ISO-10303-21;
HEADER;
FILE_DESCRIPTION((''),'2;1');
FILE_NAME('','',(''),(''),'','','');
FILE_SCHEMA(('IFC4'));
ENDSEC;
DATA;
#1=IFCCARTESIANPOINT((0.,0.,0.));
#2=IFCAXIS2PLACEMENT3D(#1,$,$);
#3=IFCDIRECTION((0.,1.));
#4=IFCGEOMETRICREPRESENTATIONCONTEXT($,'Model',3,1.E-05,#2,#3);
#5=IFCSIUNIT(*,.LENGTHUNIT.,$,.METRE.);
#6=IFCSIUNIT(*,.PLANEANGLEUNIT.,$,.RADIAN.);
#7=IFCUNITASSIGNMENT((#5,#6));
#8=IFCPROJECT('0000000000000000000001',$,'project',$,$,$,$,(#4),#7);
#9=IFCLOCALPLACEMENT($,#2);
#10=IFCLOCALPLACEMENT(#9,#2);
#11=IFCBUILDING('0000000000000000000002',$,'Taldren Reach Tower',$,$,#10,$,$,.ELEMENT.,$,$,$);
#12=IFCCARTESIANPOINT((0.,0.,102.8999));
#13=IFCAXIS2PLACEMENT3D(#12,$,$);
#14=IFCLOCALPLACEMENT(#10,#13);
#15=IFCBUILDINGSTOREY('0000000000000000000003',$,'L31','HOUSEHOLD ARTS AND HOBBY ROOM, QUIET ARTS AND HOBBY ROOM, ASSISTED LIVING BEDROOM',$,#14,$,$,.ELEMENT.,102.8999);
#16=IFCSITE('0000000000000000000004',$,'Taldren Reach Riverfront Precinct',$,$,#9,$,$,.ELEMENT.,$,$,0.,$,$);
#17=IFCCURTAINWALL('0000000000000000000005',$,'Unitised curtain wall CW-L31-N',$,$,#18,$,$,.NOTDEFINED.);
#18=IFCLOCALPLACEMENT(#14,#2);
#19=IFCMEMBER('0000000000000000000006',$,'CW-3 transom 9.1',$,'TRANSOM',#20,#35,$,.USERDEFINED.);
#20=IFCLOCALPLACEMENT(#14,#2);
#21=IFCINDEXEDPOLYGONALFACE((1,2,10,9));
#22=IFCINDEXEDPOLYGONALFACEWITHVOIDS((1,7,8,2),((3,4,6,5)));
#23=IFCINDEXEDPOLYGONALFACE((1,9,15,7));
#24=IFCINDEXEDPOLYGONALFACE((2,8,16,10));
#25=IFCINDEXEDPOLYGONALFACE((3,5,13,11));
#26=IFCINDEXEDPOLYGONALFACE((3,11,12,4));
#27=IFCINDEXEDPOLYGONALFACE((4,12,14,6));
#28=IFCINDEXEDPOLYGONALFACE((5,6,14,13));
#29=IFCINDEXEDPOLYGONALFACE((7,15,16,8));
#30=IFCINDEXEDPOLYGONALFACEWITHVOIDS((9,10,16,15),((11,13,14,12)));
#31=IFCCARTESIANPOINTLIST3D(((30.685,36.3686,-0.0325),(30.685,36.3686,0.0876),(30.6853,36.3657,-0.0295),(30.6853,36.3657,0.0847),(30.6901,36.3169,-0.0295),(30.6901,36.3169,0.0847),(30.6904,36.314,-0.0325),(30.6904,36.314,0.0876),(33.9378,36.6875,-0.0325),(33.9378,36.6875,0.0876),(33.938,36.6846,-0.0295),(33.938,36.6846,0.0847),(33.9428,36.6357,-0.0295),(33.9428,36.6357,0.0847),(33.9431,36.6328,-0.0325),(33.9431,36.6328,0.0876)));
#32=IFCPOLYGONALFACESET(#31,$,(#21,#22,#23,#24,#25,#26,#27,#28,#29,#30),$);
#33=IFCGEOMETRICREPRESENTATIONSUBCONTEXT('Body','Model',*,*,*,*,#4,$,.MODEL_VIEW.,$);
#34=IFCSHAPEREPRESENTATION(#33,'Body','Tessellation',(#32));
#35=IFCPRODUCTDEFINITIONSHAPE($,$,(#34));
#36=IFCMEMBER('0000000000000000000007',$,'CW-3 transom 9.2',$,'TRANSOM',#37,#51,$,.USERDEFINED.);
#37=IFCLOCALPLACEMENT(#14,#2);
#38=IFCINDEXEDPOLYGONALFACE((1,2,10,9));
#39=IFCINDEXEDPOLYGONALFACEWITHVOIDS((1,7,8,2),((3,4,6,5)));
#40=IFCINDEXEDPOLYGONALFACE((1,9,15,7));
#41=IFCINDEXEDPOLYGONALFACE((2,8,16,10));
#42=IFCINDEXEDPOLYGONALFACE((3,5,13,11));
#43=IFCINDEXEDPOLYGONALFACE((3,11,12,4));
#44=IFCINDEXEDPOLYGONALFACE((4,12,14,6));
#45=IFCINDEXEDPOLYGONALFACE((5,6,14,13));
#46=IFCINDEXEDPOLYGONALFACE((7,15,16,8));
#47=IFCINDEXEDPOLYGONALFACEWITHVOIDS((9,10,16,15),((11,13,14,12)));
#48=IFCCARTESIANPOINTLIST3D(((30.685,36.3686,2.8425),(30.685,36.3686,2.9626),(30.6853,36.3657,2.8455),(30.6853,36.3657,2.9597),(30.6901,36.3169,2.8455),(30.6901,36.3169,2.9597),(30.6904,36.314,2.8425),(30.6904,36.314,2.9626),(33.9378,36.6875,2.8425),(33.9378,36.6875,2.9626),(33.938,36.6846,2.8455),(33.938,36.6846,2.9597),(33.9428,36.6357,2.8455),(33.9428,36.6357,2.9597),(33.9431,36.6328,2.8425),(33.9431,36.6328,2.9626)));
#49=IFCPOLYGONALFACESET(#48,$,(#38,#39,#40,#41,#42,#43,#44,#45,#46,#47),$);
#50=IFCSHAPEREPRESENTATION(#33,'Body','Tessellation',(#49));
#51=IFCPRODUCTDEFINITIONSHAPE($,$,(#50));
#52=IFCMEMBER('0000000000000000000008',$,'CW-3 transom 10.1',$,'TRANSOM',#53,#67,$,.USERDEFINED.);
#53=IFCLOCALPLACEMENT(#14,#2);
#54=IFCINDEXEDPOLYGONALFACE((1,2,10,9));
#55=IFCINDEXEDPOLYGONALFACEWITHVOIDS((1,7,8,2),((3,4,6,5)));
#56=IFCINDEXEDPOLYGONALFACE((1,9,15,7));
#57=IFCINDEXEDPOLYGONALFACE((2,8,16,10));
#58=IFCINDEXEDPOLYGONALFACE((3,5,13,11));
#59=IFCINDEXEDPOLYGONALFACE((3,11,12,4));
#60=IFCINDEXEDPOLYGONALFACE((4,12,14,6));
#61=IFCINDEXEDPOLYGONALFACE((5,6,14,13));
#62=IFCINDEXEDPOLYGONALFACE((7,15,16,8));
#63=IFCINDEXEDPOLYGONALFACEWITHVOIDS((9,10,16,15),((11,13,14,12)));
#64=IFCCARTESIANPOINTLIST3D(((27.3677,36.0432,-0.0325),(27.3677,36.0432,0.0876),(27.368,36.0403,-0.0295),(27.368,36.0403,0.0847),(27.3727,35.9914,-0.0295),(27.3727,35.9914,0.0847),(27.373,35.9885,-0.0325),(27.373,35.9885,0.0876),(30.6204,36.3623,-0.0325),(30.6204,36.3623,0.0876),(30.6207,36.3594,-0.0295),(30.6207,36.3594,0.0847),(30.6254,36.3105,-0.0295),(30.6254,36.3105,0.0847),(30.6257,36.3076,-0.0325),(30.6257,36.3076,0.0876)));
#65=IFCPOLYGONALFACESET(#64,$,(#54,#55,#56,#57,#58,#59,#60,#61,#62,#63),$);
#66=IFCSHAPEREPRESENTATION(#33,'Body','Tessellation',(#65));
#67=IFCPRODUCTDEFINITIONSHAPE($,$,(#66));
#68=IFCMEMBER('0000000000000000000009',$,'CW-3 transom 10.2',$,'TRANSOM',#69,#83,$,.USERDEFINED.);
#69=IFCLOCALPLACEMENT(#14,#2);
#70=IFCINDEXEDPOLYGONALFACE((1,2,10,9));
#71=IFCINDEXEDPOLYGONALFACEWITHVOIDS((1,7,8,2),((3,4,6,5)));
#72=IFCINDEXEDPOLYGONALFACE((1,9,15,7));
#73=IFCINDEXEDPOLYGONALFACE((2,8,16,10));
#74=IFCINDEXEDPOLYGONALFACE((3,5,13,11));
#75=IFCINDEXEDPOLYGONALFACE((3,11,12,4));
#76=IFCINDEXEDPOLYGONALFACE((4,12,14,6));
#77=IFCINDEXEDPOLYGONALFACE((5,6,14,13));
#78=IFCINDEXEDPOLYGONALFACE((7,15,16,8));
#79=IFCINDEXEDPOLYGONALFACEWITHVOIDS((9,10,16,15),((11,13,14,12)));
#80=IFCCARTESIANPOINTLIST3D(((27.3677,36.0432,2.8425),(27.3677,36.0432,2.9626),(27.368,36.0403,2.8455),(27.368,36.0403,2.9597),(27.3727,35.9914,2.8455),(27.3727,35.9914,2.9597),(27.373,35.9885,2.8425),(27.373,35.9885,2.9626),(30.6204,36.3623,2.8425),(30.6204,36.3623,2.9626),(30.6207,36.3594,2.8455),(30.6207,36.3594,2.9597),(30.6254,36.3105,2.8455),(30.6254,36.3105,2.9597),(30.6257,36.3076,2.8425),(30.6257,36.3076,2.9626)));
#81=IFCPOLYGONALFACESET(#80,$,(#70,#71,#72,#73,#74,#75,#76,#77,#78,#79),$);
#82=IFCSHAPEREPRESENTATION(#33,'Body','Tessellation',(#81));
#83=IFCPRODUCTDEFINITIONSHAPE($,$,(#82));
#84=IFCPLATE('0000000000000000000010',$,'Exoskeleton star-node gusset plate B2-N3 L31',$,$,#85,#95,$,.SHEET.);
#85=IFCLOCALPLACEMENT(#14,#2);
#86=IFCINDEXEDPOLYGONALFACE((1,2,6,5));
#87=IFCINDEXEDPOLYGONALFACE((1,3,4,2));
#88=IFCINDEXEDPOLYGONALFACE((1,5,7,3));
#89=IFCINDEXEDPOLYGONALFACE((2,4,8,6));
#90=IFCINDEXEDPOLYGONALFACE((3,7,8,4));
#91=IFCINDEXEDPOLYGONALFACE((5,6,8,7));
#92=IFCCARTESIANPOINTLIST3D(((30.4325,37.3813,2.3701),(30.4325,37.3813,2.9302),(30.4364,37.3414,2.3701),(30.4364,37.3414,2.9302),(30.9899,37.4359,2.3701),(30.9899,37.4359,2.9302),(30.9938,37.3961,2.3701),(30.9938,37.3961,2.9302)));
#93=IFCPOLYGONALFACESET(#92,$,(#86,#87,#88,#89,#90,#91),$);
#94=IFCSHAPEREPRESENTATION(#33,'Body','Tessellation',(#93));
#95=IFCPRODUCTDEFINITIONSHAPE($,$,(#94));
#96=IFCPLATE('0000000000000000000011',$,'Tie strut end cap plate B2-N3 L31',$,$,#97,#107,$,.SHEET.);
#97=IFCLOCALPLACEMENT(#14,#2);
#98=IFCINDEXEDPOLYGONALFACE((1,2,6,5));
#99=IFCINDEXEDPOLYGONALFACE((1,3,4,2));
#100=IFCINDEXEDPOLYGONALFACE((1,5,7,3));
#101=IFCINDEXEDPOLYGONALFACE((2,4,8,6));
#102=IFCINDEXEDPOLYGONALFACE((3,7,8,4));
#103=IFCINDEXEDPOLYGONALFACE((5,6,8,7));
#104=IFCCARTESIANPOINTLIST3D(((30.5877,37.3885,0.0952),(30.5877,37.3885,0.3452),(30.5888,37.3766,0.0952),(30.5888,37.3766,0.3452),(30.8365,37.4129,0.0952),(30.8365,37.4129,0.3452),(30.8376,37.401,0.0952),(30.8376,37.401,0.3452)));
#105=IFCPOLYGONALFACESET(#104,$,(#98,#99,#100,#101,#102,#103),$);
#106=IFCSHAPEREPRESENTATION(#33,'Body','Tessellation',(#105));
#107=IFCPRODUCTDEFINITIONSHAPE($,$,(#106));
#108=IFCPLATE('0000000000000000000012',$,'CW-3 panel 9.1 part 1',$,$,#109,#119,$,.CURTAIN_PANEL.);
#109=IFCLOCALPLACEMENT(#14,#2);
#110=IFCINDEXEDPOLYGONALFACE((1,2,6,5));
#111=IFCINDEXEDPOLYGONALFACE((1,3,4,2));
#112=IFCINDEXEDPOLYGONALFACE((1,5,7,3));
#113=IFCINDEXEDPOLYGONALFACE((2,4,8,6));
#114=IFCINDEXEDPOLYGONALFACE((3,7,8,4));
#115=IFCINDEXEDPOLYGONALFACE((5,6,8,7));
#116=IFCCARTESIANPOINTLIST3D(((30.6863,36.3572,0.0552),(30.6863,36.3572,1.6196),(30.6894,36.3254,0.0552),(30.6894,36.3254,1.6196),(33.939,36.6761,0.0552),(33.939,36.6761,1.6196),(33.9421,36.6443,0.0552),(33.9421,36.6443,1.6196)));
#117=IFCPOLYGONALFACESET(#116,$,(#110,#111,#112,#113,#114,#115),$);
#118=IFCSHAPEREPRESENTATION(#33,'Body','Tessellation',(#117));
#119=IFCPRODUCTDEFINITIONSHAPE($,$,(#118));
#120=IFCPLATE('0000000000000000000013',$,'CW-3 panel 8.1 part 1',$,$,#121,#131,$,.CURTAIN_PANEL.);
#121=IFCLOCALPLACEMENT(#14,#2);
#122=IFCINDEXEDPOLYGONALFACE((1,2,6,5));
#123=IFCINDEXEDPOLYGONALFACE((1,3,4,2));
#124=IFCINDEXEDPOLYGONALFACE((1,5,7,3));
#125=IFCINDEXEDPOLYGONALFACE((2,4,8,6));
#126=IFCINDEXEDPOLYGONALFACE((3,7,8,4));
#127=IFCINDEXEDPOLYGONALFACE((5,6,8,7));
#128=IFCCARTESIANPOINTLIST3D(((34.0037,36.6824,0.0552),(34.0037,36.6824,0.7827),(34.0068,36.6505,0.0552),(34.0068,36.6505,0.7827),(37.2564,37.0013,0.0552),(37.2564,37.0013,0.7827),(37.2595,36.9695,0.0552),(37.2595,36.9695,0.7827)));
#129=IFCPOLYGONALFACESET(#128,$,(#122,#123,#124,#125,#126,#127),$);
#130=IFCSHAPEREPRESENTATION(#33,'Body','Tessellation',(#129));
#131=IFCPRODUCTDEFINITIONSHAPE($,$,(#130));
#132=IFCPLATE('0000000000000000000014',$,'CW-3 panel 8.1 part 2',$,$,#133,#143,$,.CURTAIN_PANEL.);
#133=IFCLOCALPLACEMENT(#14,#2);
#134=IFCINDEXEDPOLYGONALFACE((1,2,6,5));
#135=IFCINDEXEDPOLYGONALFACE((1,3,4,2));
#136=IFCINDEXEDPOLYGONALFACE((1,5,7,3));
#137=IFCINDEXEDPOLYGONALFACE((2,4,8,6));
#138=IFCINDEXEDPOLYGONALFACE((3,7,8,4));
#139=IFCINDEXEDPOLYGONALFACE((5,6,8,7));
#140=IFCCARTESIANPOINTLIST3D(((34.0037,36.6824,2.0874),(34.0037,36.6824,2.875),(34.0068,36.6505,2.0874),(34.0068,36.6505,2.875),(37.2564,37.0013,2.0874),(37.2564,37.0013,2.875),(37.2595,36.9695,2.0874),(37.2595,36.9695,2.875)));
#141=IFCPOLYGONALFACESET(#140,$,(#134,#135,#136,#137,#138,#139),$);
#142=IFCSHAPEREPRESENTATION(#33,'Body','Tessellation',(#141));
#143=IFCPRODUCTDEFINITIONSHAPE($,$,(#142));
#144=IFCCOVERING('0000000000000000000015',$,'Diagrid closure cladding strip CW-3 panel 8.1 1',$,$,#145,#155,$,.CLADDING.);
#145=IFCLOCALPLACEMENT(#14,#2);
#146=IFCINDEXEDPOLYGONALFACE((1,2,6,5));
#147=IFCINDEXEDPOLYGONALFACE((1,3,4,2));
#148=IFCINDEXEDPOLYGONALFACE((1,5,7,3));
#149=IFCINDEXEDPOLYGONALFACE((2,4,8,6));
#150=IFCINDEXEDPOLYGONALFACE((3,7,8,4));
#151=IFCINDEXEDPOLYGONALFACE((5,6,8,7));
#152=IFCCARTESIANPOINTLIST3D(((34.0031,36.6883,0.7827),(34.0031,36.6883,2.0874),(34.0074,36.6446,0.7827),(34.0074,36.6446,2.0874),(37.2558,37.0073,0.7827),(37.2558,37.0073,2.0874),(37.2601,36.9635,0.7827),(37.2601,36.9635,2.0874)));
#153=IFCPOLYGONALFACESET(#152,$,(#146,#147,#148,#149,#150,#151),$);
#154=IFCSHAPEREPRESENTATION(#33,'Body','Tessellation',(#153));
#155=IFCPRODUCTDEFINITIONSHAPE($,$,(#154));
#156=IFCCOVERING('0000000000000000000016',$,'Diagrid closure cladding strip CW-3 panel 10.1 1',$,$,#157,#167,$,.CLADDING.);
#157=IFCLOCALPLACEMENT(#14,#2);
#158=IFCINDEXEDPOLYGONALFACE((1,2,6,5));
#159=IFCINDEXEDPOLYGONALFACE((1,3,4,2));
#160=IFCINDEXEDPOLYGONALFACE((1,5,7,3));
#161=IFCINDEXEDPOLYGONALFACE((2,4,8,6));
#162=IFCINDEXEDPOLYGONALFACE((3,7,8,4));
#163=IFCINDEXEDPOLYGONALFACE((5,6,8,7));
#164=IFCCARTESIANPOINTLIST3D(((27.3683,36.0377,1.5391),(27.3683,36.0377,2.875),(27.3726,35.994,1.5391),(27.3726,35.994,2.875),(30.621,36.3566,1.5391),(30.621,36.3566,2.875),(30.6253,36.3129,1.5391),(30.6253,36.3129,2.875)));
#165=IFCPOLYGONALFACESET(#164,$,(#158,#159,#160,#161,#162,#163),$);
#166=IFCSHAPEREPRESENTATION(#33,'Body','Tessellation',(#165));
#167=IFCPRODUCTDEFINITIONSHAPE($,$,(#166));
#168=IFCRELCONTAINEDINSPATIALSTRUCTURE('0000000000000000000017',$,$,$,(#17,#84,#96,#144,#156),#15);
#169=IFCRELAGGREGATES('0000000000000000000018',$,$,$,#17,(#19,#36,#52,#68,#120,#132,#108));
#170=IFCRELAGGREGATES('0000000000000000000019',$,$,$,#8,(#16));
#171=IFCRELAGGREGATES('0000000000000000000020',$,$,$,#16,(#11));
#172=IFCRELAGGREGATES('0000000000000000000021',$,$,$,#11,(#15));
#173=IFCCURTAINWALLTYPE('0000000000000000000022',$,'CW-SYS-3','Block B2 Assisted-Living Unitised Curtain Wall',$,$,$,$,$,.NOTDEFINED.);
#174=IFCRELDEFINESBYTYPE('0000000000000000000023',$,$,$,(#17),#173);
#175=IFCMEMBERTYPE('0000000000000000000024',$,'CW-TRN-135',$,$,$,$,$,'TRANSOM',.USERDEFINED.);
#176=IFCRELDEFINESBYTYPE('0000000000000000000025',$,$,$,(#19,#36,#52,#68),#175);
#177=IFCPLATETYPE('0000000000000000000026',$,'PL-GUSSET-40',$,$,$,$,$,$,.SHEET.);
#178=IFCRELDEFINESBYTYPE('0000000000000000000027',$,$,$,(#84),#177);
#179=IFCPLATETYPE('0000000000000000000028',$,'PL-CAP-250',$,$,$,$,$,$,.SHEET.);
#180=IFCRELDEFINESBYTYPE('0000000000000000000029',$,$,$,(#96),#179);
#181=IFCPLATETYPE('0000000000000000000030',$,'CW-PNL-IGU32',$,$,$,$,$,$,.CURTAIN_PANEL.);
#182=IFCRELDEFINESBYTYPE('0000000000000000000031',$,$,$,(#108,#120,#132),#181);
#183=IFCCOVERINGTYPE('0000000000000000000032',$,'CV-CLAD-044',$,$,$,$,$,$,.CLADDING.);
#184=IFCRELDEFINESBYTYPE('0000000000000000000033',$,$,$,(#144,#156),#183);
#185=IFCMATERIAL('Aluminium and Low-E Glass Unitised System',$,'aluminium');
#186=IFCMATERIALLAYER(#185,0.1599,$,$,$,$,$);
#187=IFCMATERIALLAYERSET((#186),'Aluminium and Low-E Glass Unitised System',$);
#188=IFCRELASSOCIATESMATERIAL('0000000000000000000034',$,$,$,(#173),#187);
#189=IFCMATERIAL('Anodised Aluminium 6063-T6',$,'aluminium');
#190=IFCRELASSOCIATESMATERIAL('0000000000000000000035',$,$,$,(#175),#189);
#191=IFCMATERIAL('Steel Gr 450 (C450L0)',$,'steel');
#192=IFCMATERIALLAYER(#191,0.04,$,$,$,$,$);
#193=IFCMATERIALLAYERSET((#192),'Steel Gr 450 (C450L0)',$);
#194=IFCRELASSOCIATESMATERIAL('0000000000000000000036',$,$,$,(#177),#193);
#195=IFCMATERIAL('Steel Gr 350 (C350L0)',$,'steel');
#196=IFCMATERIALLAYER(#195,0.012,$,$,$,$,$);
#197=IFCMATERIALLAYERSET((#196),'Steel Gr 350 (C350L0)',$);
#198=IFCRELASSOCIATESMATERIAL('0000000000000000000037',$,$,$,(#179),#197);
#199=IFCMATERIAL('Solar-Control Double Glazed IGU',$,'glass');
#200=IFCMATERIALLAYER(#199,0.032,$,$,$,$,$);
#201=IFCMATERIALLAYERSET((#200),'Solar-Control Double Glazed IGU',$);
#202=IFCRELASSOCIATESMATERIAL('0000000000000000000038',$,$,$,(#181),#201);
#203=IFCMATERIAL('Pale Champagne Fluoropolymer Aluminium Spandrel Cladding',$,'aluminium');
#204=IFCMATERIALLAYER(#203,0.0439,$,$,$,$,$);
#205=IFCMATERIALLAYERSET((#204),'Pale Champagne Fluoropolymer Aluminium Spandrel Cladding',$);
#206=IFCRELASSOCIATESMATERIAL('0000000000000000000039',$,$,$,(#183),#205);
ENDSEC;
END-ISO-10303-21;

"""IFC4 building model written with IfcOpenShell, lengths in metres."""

from ifc_helpers import new_model, si_unit, direction, frame, origin, origin_2d, place, context, subcontext, project, spatial, rectangle, hollow_rectangle, extrude, source, transform, mapped, material, layer, layer_set, material_profile, profile_set, type_object, element, aggregate, save


model = new_model("IFC4")

# Units and contexts
model_context = context("Model", 3, precision=1e-05, world=origin(), true_north=direction((0.0, 1.0)))
body_context = subcontext(model_context, "Body", "Model", "MODEL_VIEW")
ifc_project = project(units=[si_unit("LENGTHUNIT", "METRE"), si_unit("PLANEANGLEUNIT", "RADIAN")], contexts=[model_context])

# Site, building, storey
site_placement = place(None, origin())
site = spatial("IfcSite", under=ifc_project, at=site_placement, Name="Taldren Reach Riverfront Precinct", CompositionType="ELEMENT", RefElevation=0.0)
building_placement = place(site_placement, origin())
building = spatial("IfcBuilding", under=site, at=building_placement, Name="Taldren Reach Tower", CompositionType="ELEMENT")
storey_placement = place(building_placement, frame((0.0, 0.0, 102.8999)))
storey = spatial("IfcBuildingStorey", under=building, at=storey_placement, Name="L31", Description="HOUSEHOLD ARTS AND HOBBY ROOM, QUIET ARTS AND HOBBY ROOM, ASSISTED LIVING BEDROOM", CompositionType="ELEMENT", Elevation=102.8999)

# Shared definitions
ifc_material_1 = material(Name="Steel Gr 450 (C450L0)", Category="steel")
ifc_material_2 = material(Name="Steel Gr 350 (C350L0)", Category="steel")

# Curtain wall, members
ifc_material_3 = material(Name="Aluminium and Low-E Glass Unitised System", Category="aluminium")
ifc_layer_1 = layer(ifc_material_3, 0.1599)
ifc_layer_set_1 = layer_set([ifc_layer_1], Name="Aluminium and Low-E Glass Unitised System")
curtain_wall_type = type_object("IfcCurtainWallType", Name="CW-SYS-3", Description="Block B2 Assisted-Living Unitised Curtain Wall", PredefinedType="NOTDEFINED", material=ifc_layer_set_1)
curtain_wall_placement = place(storey_placement, origin())
curtain_wall = element("IfcCurtainWall", 1, at=curtain_wall_placement, inside=storey, type_object=curtain_wall_type, Name="Unitised curtain wall CW-L31-N", PredefinedType="NOTDEFINED")
ifc_material_4 = material(Name="Anodised Aluminium 6063-T6", Category="aluminium")
ifc_material_profile_1 = material_profile(ifc_material_4, hollow_rectangle(XDim=0.0549, YDim=0.1201, WallThickness=0.0029, at=origin_2d()), Name="ALU-120x55x3RHS")
ifc_profile_set_1 = profile_set([ifc_material_profile_1], Name="Anodised Aluminium 6063-T6")
member_type_1 = type_object("IfcMemberType", Name="CW-TRN-135", ElementType="TRANSOM", PredefinedType="USERDEFINED", material=ifc_profile_set_1)
shared_shape_1 = source(origin(), body_context, "Body", "SweptSolid", [
    extrude(hollow_rectangle(XDim=0.0549, YDim=0.1201, WallThickness=0.0029, at=origin_2d()), origin(), (0.0, 0.0, 1.0), 3.2683),
])
member_1_placement = place(storey_placement, frame((33.9404, 36.6602, 0.0276), z_axis=(-0.99523, -0.097558, 0.0), x_axis=(0.097558, -0.99523, 0.0)))
member_1 = element("IfcMember", 2, at=member_1_placement, type_object=member_type_1, Name="CW-3 transom 9.1", ObjectType="TRANSOM", PredefinedType="USERDEFINED", context=body_context, shape_type="MappedRepresentation", body=[
    mapped(shared_shape_1, transform((0.0, 0.0, 0.0), scale=1.0)),
])
member_2_placement = place(storey_placement, frame((33.9404, 36.6602, 2.9026), z_axis=(-0.99523, -0.097558, 0.0), x_axis=(0.097558, -0.99523, 0.0)))
member_2 = element("IfcMember", 3, at=member_2_placement, type_object=member_type_1, Name="CW-3 transom 9.2", ObjectType="TRANSOM", PredefinedType="USERDEFINED", context=body_context, shape_type="MappedRepresentation", body=[
    mapped(shared_shape_1, transform((0.0, 0.0, 0.0), scale=1.0)),
])
member_3_placement = place(storey_placement, frame((30.623, 36.335, 0.0276), z_axis=(-0.995223, -0.097632, 0.0), x_axis=(0.097632, -0.995223, 0.0)))
member_3 = element("IfcMember", 4, at=member_3_placement, type_object=member_type_1, Name="CW-3 transom 10.1", ObjectType="TRANSOM", PredefinedType="USERDEFINED", context=body_context, shape_type="MappedRepresentation", body=[
    mapped(shared_shape_1, transform((0.0, 0.0, 0.0), scale=1.0)),
])
member_4_placement = place(storey_placement, frame((30.623, 36.335, 2.9026), z_axis=(-0.995223, -0.097632, 0.0), x_axis=(0.097632, -0.995223, 0.0)))
member_4 = element("IfcMember", 5, at=member_4_placement, type_object=member_type_1, Name="CW-3 transom 10.2", ObjectType="TRANSOM", PredefinedType="USERDEFINED", context=body_context, shape_type="MappedRepresentation", body=[
    mapped(shared_shape_1, transform((0.0, 0.0, 0.0), scale=1.0)),
])

# Plates
ifc_layer_2 = layer(ifc_material_1, 0.04)
ifc_layer_set_2 = layer_set([ifc_layer_2], Name="Steel Gr 450 (C450L0)")
plate_type_1 = type_object("IfcPlateType", Name="PL-GUSSET-40", PredefinedType="SHEET", material=ifc_layer_set_2)
shared_shape_2 = source(origin(), body_context, "Body", "SweptSolid", [
    extrude(rectangle(XDim=0.5601, YDim=0.04, at=origin_2d()), origin(), (0.0, 0.0, 1.0), 0.5601),
])
plate_1_placement = place(storey_placement, frame((30.7131, 37.3887, 2.3701), z_axis=(0.0, 0.0, 1.0), x_axis=(0.995227, 0.097583, 0.0)))
element("IfcPlate", 6, at=plate_1_placement, inside=storey, type_object=plate_type_1, Name="Exoskeleton star-node gusset plate B2-N3 L31", PredefinedType="SHEET", context=body_context, shape_type="MappedRepresentation", body=[
    mapped(shared_shape_2, transform((0.0, 0.0, 0.0), scale=1.0)),
])
ifc_layer_3 = layer(ifc_material_2, 0.012)
ifc_layer_set_3 = layer_set([ifc_layer_3], Name="Steel Gr 350 (C350L0)")
plate_type_2 = type_object("IfcPlateType", Name="PL-CAP-250", PredefinedType="SHEET", material=ifc_layer_set_3)
shared_shape_3 = source(origin(), body_context, "Body", "SweptSolid", [
    extrude(rectangle(XDim=0.25, YDim=0.012, at=origin_2d()), origin(), (0.0, 0.0, 1.0), 0.25),
])
plate_2_placement = place(storey_placement, frame((30.7126, 37.3948, 0.0952), z_axis=(0.0, 0.0, 1.0), x_axis=(0.995227, 0.097583, 0.0)))
element("IfcPlate", 7, at=plate_2_placement, inside=storey, type_object=plate_type_2, Name="Tie strut end cap plate B2-N3 L31", PredefinedType="SHEET", context=body_context, shape_type="MappedRepresentation", body=[
    mapped(shared_shape_3, transform((0.0, 0.0, 0.0), scale=1.0)),
])

# Plates
ifc_material_5 = material(Name="Solar-Control Double Glazed IGU", Category="glass")
ifc_layer_4 = layer(ifc_material_5, 0.032)
ifc_layer_set_4 = layer_set([ifc_layer_4], Name="Solar-Control Double Glazed IGU")
plate_type_3 = type_object("IfcPlateType", Name="CW-PNL-IGU32", PredefinedType="CURTAIN_PANEL", material=ifc_layer_set_4)
shared_shape_4 = source(origin(), body_context, "Body", "SweptSolid", [
    extrude(rectangle(XDim=3.2683, YDim=0.032, at=origin_2d()), origin(), (0.0, 0.0, 1.0), 1.5645),
])
plate_3_placement = place(storey_placement, frame((32.3142, 36.5007, 0.0552), z_axis=(0.0, 0.0, 1.0), x_axis=(-0.995227, -0.097583, 0.0)))
plate_3 = element("IfcPlate", 8, at=plate_3_placement, type_object=plate_type_3, Name="CW-3 panel 9.1 part 1", PredefinedType="CURTAIN_PANEL", context=body_context, shape_type="MappedRepresentation", body=[
    mapped(shared_shape_4, transform((0.0, 0.0, 0.0), scale=1.0)),
])
shared_shape_5 = source(origin(), body_context, "Body", "SweptSolid", [
    extrude(rectangle(XDim=3.2683, YDim=0.032, at=origin_2d()), origin(), (0.0, 0.0, 1.0), 0.7275),
])
plate_4_placement = place(storey_placement, frame((35.6316, 36.8259, 0.0552), z_axis=(0.0, 0.0, 1.0), x_axis=(-0.995227, -0.097583, 0.0)))
plate_4 = element("IfcPlate", 9, at=plate_4_placement, type_object=plate_type_3, Name="CW-3 panel 8.1 part 1", PredefinedType="CURTAIN_PANEL", context=body_context, shape_type="MappedRepresentation", body=[
    mapped(shared_shape_5, transform((0.0, 0.0, 0.0), scale=1.0)),
])
shared_shape_6 = source(origin(), body_context, "Body", "SweptSolid", [
    extrude(rectangle(XDim=3.2683, YDim=0.032, at=origin_2d()), origin(), (0.0, 0.0, 1.0), 0.7876),
])
plate_5_placement = place(storey_placement, frame((35.6316, 36.8259, 2.0874), z_axis=(0.0, 0.0, 1.0), x_axis=(-0.995227, -0.097583, 0.0)))
plate_5 = element("IfcPlate", 10, at=plate_5_placement, type_object=plate_type_3, Name="CW-3 panel 8.1 part 2", PredefinedType="CURTAIN_PANEL", context=body_context, shape_type="MappedRepresentation", body=[
    mapped(shared_shape_6, transform((0.0, 0.0, 0.0), scale=1.0)),
])
aggregate(curtain_wall, [member_1, member_2, member_3, member_4, plate_4, plate_5, plate_3])

# Coverings
ifc_material_6 = material(Name="Pale Champagne Fluoropolymer Aluminium Spandrel Cladding", Category="aluminium")
ifc_layer_5 = layer(ifc_material_6, 0.0439)
ifc_layer_set_5 = layer_set([ifc_layer_5], Name="Pale Champagne Fluoropolymer Aluminium Spandrel Cladding")
covering_type = type_object("IfcCoveringType", Name="CV-CLAD-044", PredefinedType="CLADDING", material=ifc_layer_set_5)
shared_shape_7 = source(origin(), body_context, "Body", "SweptSolid", [
    extrude(rectangle(XDim=3.2683, YDim=0.0439, at=origin_2d()), origin(), (0.0, 0.0, 1.0), 1.3047),
])
covering_1_placement = place(storey_placement, frame((35.6316, 36.8259, 0.7827), z_axis=(0.0, 0.0, 1.0), x_axis=(-0.995227, -0.097583, 0.0)))
element("IfcCovering", 11, at=covering_1_placement, inside=storey, type_object=covering_type, Name="Diagrid closure cladding strip CW-3 panel 8.1 1", PredefinedType="CLADDING", context=body_context, shape_type="MappedRepresentation", body=[
    mapped(shared_shape_7, transform((0.0, 0.0, 0.0), scale=1.0)),
])
shared_shape_8 = source(origin(), body_context, "Body", "SweptSolid", [
    extrude(rectangle(XDim=3.2683, YDim=0.0439, at=origin_2d()), origin(), (0.0, 0.0, 1.0), 1.3359),
])
covering_2_placement = place(storey_placement, frame((28.9968, 36.1753, 1.5391), z_axis=(0.0, 0.0, 1.0), x_axis=(-0.995227, -0.097583, 0.0)))
element("IfcCovering", 12, at=covering_2_placement, inside=storey, type_object=covering_type, Name="Diagrid closure cladding strip CW-3 panel 10.1 1", PredefinedType="CLADDING", context=body_context, shape_type="MappedRepresentation", body=[
    mapped(shared_shape_8, transform((0.0, 0.0, 0.0), scale=1.0)),
])

save(model, "model.ifc")
